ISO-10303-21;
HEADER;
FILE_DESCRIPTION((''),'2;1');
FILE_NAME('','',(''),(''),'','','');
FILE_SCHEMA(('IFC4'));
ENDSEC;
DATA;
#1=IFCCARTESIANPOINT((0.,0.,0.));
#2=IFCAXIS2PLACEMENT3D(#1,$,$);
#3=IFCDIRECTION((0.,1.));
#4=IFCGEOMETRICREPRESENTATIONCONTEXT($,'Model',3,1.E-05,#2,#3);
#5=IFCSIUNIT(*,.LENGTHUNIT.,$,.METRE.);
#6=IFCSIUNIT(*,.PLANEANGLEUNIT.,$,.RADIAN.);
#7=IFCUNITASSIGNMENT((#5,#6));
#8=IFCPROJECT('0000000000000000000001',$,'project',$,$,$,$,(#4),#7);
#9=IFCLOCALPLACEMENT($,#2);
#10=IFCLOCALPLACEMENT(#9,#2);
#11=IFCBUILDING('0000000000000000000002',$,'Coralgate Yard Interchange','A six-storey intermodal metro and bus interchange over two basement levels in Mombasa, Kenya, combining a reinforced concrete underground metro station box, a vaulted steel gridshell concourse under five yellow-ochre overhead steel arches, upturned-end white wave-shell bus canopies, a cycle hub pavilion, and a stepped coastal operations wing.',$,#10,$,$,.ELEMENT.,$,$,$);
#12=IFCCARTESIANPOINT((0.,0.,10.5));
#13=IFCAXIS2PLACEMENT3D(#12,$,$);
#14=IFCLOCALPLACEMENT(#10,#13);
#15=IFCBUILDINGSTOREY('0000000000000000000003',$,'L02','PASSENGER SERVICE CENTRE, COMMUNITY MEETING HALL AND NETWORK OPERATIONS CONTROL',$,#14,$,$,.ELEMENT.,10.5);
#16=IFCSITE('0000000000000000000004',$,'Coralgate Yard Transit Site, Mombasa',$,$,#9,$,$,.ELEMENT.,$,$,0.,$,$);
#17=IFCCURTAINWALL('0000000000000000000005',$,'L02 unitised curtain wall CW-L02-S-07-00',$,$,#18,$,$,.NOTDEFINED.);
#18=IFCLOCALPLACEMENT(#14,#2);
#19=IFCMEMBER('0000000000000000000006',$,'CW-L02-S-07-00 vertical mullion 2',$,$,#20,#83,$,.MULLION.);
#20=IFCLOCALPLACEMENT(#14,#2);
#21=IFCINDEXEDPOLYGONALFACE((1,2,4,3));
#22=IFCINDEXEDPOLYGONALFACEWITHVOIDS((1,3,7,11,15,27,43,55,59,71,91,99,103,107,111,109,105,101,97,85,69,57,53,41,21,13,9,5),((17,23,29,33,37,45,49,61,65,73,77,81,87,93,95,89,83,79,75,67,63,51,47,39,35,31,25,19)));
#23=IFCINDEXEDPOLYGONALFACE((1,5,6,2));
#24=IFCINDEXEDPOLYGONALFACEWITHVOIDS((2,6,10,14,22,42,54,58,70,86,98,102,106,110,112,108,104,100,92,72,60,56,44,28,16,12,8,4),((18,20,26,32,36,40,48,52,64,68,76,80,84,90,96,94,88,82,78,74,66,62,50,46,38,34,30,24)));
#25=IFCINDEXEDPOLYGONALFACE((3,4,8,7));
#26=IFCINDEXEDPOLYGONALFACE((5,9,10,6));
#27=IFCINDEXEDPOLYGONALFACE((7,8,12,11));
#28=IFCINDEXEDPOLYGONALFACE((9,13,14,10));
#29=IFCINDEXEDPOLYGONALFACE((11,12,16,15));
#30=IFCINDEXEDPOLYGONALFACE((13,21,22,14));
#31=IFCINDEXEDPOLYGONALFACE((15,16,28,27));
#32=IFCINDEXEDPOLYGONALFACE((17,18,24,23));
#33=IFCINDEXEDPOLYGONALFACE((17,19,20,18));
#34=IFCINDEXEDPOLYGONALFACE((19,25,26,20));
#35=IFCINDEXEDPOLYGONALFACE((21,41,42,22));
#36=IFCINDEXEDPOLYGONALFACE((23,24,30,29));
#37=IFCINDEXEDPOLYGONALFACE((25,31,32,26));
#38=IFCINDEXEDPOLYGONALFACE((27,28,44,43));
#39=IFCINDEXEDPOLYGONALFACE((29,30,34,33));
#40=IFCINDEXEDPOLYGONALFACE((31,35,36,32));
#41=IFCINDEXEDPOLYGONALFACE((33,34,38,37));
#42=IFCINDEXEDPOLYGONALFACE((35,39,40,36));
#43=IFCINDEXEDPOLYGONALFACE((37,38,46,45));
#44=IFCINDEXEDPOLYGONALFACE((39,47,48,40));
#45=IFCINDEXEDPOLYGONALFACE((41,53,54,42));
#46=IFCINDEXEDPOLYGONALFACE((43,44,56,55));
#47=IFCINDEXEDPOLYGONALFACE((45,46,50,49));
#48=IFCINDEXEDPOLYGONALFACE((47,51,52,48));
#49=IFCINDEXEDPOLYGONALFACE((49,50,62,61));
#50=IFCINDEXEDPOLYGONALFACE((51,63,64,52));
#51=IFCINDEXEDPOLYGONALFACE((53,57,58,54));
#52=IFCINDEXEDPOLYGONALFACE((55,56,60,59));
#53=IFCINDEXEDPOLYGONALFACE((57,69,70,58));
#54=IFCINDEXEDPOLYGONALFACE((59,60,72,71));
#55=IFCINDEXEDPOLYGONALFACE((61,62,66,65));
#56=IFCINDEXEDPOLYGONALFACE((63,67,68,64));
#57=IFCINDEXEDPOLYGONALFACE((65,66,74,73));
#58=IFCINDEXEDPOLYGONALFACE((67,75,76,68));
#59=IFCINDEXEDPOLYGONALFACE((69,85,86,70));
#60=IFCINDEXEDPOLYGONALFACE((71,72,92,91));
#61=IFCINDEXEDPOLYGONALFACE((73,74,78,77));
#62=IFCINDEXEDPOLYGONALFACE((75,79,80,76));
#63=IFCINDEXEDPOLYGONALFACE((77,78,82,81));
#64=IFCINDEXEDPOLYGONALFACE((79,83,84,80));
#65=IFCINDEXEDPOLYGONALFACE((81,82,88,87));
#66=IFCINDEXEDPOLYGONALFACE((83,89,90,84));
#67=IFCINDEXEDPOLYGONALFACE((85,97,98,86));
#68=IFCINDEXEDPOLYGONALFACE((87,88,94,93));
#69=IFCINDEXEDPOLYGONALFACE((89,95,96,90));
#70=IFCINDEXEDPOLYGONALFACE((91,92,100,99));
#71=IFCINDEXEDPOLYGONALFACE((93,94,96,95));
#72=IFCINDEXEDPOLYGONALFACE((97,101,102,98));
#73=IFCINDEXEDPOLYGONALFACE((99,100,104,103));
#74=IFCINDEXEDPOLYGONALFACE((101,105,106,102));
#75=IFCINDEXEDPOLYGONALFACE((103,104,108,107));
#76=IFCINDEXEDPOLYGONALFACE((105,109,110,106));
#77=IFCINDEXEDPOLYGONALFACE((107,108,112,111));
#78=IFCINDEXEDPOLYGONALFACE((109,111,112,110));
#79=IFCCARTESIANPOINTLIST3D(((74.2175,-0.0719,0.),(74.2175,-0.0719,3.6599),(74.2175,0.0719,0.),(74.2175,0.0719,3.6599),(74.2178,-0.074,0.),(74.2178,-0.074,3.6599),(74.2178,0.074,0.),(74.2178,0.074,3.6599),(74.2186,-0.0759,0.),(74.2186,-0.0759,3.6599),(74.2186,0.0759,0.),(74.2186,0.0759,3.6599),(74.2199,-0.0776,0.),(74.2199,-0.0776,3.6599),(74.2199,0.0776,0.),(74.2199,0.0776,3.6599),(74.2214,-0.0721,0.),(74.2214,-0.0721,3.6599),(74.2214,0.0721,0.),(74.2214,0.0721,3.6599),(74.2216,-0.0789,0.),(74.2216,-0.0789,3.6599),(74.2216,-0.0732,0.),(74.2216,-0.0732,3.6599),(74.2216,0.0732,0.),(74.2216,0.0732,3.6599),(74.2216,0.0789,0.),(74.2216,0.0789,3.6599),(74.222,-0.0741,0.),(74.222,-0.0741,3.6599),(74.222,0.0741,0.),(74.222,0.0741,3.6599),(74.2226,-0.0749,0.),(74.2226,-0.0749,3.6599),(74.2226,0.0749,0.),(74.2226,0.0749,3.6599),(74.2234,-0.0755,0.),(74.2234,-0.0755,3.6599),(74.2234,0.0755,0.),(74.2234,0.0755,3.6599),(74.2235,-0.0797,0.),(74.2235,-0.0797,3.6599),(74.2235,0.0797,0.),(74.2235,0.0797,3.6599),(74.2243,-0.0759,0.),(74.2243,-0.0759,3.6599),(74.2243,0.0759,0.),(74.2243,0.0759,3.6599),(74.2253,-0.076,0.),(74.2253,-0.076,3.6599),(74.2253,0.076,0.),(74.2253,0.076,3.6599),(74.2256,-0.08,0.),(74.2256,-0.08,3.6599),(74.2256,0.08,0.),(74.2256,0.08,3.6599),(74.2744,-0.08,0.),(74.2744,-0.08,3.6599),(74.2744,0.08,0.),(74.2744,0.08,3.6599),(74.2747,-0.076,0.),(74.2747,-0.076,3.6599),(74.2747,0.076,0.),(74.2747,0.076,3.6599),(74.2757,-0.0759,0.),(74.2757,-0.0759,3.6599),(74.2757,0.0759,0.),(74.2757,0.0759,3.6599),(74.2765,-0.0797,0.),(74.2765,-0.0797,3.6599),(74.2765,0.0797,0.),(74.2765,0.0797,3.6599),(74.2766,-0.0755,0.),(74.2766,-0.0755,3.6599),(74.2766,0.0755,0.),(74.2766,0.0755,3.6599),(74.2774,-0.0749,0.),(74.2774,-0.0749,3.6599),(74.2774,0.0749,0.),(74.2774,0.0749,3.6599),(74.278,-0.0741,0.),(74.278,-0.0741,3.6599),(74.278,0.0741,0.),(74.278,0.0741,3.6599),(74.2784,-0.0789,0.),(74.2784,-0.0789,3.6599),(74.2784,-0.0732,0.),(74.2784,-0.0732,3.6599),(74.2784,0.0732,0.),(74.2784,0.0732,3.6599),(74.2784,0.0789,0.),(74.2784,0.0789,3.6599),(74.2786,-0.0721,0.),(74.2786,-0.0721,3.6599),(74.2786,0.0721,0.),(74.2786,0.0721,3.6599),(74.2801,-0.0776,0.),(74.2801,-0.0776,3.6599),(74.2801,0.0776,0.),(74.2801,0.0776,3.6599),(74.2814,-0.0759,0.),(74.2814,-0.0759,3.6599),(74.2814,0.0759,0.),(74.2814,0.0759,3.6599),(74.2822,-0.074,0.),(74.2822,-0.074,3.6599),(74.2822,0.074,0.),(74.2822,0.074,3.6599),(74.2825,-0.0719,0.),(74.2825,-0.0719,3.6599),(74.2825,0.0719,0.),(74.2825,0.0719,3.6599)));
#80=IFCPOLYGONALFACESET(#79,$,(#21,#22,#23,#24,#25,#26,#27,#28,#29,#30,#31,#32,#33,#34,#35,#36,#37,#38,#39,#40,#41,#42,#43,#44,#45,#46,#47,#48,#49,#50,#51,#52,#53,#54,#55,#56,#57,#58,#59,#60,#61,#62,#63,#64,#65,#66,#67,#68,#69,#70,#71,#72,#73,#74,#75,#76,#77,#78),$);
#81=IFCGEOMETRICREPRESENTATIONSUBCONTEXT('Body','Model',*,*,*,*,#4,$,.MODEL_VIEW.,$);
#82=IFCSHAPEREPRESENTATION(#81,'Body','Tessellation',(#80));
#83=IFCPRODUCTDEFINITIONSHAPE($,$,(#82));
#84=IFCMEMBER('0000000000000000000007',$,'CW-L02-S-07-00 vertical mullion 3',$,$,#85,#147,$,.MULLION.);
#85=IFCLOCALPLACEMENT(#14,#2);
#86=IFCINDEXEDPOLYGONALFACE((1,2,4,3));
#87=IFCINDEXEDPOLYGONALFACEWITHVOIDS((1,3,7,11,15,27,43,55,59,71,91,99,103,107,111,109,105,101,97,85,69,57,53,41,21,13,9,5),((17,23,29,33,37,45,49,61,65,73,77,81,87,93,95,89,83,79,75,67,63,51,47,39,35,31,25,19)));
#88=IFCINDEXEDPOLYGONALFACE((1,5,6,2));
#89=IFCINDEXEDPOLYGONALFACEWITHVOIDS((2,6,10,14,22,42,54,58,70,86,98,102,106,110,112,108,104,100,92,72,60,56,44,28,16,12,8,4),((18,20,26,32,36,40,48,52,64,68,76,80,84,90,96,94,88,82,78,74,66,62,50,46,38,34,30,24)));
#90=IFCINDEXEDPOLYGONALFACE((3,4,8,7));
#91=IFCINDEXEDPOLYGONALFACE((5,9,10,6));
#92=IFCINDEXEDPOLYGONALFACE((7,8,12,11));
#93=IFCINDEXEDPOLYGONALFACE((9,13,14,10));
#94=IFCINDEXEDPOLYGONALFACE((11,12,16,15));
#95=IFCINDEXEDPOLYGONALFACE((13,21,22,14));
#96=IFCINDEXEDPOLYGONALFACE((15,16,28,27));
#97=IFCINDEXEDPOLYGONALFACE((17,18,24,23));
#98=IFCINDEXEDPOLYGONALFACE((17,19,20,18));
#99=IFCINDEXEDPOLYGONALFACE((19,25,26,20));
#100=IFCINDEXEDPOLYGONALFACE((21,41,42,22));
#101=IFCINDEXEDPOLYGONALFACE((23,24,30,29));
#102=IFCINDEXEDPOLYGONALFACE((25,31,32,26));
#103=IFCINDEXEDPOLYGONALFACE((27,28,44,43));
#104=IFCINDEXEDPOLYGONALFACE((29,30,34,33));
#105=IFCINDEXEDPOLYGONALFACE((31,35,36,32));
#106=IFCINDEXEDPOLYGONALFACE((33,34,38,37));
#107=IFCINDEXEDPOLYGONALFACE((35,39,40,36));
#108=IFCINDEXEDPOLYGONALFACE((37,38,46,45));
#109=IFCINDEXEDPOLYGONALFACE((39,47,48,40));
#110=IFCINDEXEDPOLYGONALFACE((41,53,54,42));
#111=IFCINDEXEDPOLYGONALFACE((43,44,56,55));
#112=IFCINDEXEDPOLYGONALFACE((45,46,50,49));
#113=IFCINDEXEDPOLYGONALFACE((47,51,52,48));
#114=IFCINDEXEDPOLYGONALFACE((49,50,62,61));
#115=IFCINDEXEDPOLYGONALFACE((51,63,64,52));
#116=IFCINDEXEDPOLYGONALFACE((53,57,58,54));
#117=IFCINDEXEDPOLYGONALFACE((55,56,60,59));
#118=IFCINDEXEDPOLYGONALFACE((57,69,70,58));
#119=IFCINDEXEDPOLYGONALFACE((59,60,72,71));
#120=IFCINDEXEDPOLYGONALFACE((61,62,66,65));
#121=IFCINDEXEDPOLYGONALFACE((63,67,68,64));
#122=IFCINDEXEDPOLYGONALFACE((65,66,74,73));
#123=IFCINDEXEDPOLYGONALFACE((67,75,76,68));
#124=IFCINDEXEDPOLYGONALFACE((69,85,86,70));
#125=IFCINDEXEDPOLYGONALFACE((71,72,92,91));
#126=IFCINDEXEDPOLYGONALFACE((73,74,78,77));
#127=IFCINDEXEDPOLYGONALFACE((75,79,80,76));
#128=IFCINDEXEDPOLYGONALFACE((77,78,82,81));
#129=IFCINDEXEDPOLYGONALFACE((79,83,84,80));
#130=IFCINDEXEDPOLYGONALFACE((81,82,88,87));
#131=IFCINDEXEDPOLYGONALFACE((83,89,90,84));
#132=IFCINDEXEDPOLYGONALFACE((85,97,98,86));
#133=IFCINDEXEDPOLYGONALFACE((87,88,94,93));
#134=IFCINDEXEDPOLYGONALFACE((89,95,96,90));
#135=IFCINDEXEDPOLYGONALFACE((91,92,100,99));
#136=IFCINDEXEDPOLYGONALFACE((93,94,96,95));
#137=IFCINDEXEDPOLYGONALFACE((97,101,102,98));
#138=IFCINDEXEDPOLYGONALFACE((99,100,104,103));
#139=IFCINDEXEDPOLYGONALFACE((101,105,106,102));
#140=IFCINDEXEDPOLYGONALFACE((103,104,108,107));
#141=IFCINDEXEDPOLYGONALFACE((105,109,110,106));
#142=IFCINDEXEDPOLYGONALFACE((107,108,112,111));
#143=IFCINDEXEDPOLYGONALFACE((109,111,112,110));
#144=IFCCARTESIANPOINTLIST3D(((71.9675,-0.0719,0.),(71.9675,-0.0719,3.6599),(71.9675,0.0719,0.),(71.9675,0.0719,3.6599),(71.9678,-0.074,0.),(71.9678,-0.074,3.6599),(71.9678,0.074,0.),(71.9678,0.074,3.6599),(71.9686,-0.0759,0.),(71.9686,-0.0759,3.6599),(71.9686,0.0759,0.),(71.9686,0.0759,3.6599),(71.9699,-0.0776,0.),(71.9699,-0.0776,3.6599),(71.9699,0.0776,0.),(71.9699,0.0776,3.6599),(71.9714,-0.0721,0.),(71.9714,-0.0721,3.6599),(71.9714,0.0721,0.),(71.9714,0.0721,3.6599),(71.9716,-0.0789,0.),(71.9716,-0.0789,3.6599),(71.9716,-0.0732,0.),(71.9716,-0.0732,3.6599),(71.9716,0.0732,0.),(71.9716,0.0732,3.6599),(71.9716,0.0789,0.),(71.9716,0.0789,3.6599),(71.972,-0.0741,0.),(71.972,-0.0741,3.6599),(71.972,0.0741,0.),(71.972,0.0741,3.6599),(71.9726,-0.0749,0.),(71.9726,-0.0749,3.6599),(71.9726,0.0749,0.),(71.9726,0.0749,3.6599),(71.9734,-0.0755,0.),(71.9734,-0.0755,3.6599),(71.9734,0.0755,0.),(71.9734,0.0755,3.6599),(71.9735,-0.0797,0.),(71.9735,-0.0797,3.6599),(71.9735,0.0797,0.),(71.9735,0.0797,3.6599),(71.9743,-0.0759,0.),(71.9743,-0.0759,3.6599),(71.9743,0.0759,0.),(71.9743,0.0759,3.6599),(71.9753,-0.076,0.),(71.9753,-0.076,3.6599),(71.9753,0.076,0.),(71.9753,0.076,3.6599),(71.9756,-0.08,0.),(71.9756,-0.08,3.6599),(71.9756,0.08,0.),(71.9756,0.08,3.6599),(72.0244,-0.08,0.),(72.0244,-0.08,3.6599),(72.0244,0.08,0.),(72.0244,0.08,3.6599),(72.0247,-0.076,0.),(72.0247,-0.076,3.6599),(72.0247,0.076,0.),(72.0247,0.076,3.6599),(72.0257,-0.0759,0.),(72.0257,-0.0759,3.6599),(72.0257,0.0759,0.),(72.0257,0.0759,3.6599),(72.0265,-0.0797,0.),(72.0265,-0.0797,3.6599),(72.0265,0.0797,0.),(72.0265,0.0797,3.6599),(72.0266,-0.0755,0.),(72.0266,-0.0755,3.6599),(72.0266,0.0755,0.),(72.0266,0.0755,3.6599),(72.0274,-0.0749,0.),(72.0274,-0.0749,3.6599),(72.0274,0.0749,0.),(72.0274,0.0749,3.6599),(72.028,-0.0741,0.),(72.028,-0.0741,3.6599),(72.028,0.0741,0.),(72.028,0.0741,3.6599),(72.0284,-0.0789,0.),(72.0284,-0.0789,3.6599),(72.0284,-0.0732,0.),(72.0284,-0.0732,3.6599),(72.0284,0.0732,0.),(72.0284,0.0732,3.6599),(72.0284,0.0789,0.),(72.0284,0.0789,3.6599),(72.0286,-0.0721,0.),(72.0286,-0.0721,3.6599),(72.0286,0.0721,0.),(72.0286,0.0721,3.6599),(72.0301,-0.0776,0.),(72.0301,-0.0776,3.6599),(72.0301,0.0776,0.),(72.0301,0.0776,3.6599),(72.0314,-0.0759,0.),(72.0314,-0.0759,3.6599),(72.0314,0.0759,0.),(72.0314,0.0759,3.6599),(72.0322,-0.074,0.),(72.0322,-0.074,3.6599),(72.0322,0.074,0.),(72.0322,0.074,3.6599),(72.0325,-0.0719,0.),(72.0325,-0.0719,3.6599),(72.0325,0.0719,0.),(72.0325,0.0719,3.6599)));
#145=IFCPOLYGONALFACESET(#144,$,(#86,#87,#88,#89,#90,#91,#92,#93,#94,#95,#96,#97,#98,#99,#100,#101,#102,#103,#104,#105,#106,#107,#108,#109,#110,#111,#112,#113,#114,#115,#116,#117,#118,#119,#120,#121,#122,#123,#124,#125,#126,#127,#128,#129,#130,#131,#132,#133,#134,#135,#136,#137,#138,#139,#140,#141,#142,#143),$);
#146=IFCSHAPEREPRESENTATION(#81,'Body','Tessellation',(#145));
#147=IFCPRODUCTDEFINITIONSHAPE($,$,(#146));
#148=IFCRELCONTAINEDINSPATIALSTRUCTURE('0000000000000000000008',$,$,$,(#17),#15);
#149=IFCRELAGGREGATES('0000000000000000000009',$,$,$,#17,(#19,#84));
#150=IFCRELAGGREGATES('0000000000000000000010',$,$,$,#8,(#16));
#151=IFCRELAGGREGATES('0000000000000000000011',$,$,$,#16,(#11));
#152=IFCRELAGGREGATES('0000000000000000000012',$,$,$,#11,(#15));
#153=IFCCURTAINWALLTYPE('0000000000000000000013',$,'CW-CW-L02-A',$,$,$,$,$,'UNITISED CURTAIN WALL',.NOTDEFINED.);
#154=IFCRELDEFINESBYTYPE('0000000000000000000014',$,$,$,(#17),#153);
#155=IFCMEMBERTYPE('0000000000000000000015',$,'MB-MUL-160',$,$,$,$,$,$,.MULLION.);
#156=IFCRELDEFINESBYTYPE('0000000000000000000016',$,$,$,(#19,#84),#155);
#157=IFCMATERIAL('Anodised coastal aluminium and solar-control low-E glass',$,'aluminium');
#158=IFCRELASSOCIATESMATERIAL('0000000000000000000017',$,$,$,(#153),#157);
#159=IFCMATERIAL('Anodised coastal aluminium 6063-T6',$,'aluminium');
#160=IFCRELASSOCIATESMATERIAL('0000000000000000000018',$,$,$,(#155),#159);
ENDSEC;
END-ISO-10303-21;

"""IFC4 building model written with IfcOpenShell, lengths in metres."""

from ifc_helpers import new_model, si_unit, direction, frame, origin, origin_2d, place, context, subcontext, project, spatial, hollow_rectangle, extrude, material, material_profile, profile_set, type_object, element, aggregate, save


model = new_model("IFC4")

# Units and contexts
model_context = context("Model", 3, precision=1e-05, world=origin(), true_north=direction((0.0, 1.0)))
body_context = subcontext(model_context, "Body", "Model", "MODEL_VIEW")
ifc_project = project(units=[si_unit("LENGTHUNIT", "METRE"), si_unit("PLANEANGLEUNIT", "RADIAN")], contexts=[model_context])

# Site, building, storey
site_placement = place(None, origin())
site = spatial("IfcSite", under=ifc_project, at=site_placement, Name="Coralgate Yard Transit Site, Mombasa", CompositionType="ELEMENT", RefElevation=0.0)
building_placement = place(site_placement, origin())
building = spatial("IfcBuilding", under=site, at=building_placement, Name="Coralgate Yard Interchange", Description="A six-storey intermodal metro and bus interchange over two basement levels in Mombasa, Kenya, combining a reinforced concrete underground metro station box, a vaulted steel gridshell concourse under five yellow-ochre overhead steel arches, upturned-end white wave-shell bus canopies, a cycle hub pavilion, and a stepped coastal operations wing.", CompositionType="ELEMENT")
storey_placement = place(building_placement, frame((0.0, 0.0, 10.5)))
storey = spatial("IfcBuildingStorey", under=building, at=storey_placement, Name="L02", Description="PASSENGER SERVICE CENTRE, COMMUNITY MEETING HALL AND NETWORK OPERATIONS CONTROL", CompositionType="ELEMENT", Elevation=10.5)

# Shared definitions
ifc_material_1 = material(Name="Anodised coastal aluminium and solar-control low-E glass", Category="aluminium")
curtain_wall_type = type_object("IfcCurtainWallType", Name="CW-CW-L02-A", ElementType="UNITISED CURTAIN WALL", PredefinedType="NOTDEFINED", material=ifc_material_1)
ifc_material_2 = material(Name="Anodised coastal aluminium 6063-T6", Category="aluminium")
ifc_material_profile_1 = material_profile(ifc_material_2, hollow_rectangle(XDim=0.0649, YDim=0.1599, WallThickness=0.0039, InnerFilletRadius=0.0039, OuterFilletRadius=0.0081, at=origin_2d()), Name="ALU 65x160x4")
ifc_profile_set_1 = profile_set([ifc_material_profile_1], Name="Anodised coastal aluminium 6063-T6")
member_type_1 = type_object("IfcMemberType", Name="MB-MUL-160", PredefinedType="MULLION", material=ifc_profile_set_1)

# Curtain wall, members
curtain_wall_1_placement = place(storey_placement, origin())
curtain_wall_1 = element("IfcCurtainWall", 1, at=curtain_wall_1_placement, inside=storey, type_object=curtain_wall_type, Name="L02 unitised curtain wall CW-L02-S-07-00", PredefinedType="NOTDEFINED")
member_1_placement = place(storey_placement, frame((74.25, 0.0, 0.0), z_axis=(0.0, 0.0, 1.0), x_axis=(1.0, 0.0, 0.0)))
member_1 = element("IfcMember", 2, at=member_1_placement, type_object=member_type_1, Name="CW-L02-S-07-00 vertical mullion 2", PredefinedType="MULLION", context=body_context, shape_type="SweptSolid", body=[
    extrude(hollow_rectangle(XDim=0.0649, YDim=0.1599, WallThickness=0.0039, InnerFilletRadius=0.0039, OuterFilletRadius=0.0081, at=origin_2d()), origin(), (0.0, 0.0, 1.0), 3.6599),
])
member_2_placement = place(storey_placement, frame((72.0, 0.0, 0.0), z_axis=(0.0, 0.0, 1.0), x_axis=(1.0, 0.0, 0.0)))
member_2 = element("IfcMember", 3, at=member_2_placement, type_object=member_type_1, Name="CW-L02-S-07-00 vertical mullion 3", PredefinedType="MULLION", context=body_context, shape_type="SweptSolid", body=[
    extrude(hollow_rectangle(XDim=0.0649, YDim=0.1599, WallThickness=0.0039, InnerFilletRadius=0.0039, OuterFilletRadius=0.0081, at=origin_2d()), origin(), (0.0, 0.0, 1.0), 3.6599),
])

aggregate(curtain_wall_1, [member_1, member_2])

save(model, "model.ifc")
